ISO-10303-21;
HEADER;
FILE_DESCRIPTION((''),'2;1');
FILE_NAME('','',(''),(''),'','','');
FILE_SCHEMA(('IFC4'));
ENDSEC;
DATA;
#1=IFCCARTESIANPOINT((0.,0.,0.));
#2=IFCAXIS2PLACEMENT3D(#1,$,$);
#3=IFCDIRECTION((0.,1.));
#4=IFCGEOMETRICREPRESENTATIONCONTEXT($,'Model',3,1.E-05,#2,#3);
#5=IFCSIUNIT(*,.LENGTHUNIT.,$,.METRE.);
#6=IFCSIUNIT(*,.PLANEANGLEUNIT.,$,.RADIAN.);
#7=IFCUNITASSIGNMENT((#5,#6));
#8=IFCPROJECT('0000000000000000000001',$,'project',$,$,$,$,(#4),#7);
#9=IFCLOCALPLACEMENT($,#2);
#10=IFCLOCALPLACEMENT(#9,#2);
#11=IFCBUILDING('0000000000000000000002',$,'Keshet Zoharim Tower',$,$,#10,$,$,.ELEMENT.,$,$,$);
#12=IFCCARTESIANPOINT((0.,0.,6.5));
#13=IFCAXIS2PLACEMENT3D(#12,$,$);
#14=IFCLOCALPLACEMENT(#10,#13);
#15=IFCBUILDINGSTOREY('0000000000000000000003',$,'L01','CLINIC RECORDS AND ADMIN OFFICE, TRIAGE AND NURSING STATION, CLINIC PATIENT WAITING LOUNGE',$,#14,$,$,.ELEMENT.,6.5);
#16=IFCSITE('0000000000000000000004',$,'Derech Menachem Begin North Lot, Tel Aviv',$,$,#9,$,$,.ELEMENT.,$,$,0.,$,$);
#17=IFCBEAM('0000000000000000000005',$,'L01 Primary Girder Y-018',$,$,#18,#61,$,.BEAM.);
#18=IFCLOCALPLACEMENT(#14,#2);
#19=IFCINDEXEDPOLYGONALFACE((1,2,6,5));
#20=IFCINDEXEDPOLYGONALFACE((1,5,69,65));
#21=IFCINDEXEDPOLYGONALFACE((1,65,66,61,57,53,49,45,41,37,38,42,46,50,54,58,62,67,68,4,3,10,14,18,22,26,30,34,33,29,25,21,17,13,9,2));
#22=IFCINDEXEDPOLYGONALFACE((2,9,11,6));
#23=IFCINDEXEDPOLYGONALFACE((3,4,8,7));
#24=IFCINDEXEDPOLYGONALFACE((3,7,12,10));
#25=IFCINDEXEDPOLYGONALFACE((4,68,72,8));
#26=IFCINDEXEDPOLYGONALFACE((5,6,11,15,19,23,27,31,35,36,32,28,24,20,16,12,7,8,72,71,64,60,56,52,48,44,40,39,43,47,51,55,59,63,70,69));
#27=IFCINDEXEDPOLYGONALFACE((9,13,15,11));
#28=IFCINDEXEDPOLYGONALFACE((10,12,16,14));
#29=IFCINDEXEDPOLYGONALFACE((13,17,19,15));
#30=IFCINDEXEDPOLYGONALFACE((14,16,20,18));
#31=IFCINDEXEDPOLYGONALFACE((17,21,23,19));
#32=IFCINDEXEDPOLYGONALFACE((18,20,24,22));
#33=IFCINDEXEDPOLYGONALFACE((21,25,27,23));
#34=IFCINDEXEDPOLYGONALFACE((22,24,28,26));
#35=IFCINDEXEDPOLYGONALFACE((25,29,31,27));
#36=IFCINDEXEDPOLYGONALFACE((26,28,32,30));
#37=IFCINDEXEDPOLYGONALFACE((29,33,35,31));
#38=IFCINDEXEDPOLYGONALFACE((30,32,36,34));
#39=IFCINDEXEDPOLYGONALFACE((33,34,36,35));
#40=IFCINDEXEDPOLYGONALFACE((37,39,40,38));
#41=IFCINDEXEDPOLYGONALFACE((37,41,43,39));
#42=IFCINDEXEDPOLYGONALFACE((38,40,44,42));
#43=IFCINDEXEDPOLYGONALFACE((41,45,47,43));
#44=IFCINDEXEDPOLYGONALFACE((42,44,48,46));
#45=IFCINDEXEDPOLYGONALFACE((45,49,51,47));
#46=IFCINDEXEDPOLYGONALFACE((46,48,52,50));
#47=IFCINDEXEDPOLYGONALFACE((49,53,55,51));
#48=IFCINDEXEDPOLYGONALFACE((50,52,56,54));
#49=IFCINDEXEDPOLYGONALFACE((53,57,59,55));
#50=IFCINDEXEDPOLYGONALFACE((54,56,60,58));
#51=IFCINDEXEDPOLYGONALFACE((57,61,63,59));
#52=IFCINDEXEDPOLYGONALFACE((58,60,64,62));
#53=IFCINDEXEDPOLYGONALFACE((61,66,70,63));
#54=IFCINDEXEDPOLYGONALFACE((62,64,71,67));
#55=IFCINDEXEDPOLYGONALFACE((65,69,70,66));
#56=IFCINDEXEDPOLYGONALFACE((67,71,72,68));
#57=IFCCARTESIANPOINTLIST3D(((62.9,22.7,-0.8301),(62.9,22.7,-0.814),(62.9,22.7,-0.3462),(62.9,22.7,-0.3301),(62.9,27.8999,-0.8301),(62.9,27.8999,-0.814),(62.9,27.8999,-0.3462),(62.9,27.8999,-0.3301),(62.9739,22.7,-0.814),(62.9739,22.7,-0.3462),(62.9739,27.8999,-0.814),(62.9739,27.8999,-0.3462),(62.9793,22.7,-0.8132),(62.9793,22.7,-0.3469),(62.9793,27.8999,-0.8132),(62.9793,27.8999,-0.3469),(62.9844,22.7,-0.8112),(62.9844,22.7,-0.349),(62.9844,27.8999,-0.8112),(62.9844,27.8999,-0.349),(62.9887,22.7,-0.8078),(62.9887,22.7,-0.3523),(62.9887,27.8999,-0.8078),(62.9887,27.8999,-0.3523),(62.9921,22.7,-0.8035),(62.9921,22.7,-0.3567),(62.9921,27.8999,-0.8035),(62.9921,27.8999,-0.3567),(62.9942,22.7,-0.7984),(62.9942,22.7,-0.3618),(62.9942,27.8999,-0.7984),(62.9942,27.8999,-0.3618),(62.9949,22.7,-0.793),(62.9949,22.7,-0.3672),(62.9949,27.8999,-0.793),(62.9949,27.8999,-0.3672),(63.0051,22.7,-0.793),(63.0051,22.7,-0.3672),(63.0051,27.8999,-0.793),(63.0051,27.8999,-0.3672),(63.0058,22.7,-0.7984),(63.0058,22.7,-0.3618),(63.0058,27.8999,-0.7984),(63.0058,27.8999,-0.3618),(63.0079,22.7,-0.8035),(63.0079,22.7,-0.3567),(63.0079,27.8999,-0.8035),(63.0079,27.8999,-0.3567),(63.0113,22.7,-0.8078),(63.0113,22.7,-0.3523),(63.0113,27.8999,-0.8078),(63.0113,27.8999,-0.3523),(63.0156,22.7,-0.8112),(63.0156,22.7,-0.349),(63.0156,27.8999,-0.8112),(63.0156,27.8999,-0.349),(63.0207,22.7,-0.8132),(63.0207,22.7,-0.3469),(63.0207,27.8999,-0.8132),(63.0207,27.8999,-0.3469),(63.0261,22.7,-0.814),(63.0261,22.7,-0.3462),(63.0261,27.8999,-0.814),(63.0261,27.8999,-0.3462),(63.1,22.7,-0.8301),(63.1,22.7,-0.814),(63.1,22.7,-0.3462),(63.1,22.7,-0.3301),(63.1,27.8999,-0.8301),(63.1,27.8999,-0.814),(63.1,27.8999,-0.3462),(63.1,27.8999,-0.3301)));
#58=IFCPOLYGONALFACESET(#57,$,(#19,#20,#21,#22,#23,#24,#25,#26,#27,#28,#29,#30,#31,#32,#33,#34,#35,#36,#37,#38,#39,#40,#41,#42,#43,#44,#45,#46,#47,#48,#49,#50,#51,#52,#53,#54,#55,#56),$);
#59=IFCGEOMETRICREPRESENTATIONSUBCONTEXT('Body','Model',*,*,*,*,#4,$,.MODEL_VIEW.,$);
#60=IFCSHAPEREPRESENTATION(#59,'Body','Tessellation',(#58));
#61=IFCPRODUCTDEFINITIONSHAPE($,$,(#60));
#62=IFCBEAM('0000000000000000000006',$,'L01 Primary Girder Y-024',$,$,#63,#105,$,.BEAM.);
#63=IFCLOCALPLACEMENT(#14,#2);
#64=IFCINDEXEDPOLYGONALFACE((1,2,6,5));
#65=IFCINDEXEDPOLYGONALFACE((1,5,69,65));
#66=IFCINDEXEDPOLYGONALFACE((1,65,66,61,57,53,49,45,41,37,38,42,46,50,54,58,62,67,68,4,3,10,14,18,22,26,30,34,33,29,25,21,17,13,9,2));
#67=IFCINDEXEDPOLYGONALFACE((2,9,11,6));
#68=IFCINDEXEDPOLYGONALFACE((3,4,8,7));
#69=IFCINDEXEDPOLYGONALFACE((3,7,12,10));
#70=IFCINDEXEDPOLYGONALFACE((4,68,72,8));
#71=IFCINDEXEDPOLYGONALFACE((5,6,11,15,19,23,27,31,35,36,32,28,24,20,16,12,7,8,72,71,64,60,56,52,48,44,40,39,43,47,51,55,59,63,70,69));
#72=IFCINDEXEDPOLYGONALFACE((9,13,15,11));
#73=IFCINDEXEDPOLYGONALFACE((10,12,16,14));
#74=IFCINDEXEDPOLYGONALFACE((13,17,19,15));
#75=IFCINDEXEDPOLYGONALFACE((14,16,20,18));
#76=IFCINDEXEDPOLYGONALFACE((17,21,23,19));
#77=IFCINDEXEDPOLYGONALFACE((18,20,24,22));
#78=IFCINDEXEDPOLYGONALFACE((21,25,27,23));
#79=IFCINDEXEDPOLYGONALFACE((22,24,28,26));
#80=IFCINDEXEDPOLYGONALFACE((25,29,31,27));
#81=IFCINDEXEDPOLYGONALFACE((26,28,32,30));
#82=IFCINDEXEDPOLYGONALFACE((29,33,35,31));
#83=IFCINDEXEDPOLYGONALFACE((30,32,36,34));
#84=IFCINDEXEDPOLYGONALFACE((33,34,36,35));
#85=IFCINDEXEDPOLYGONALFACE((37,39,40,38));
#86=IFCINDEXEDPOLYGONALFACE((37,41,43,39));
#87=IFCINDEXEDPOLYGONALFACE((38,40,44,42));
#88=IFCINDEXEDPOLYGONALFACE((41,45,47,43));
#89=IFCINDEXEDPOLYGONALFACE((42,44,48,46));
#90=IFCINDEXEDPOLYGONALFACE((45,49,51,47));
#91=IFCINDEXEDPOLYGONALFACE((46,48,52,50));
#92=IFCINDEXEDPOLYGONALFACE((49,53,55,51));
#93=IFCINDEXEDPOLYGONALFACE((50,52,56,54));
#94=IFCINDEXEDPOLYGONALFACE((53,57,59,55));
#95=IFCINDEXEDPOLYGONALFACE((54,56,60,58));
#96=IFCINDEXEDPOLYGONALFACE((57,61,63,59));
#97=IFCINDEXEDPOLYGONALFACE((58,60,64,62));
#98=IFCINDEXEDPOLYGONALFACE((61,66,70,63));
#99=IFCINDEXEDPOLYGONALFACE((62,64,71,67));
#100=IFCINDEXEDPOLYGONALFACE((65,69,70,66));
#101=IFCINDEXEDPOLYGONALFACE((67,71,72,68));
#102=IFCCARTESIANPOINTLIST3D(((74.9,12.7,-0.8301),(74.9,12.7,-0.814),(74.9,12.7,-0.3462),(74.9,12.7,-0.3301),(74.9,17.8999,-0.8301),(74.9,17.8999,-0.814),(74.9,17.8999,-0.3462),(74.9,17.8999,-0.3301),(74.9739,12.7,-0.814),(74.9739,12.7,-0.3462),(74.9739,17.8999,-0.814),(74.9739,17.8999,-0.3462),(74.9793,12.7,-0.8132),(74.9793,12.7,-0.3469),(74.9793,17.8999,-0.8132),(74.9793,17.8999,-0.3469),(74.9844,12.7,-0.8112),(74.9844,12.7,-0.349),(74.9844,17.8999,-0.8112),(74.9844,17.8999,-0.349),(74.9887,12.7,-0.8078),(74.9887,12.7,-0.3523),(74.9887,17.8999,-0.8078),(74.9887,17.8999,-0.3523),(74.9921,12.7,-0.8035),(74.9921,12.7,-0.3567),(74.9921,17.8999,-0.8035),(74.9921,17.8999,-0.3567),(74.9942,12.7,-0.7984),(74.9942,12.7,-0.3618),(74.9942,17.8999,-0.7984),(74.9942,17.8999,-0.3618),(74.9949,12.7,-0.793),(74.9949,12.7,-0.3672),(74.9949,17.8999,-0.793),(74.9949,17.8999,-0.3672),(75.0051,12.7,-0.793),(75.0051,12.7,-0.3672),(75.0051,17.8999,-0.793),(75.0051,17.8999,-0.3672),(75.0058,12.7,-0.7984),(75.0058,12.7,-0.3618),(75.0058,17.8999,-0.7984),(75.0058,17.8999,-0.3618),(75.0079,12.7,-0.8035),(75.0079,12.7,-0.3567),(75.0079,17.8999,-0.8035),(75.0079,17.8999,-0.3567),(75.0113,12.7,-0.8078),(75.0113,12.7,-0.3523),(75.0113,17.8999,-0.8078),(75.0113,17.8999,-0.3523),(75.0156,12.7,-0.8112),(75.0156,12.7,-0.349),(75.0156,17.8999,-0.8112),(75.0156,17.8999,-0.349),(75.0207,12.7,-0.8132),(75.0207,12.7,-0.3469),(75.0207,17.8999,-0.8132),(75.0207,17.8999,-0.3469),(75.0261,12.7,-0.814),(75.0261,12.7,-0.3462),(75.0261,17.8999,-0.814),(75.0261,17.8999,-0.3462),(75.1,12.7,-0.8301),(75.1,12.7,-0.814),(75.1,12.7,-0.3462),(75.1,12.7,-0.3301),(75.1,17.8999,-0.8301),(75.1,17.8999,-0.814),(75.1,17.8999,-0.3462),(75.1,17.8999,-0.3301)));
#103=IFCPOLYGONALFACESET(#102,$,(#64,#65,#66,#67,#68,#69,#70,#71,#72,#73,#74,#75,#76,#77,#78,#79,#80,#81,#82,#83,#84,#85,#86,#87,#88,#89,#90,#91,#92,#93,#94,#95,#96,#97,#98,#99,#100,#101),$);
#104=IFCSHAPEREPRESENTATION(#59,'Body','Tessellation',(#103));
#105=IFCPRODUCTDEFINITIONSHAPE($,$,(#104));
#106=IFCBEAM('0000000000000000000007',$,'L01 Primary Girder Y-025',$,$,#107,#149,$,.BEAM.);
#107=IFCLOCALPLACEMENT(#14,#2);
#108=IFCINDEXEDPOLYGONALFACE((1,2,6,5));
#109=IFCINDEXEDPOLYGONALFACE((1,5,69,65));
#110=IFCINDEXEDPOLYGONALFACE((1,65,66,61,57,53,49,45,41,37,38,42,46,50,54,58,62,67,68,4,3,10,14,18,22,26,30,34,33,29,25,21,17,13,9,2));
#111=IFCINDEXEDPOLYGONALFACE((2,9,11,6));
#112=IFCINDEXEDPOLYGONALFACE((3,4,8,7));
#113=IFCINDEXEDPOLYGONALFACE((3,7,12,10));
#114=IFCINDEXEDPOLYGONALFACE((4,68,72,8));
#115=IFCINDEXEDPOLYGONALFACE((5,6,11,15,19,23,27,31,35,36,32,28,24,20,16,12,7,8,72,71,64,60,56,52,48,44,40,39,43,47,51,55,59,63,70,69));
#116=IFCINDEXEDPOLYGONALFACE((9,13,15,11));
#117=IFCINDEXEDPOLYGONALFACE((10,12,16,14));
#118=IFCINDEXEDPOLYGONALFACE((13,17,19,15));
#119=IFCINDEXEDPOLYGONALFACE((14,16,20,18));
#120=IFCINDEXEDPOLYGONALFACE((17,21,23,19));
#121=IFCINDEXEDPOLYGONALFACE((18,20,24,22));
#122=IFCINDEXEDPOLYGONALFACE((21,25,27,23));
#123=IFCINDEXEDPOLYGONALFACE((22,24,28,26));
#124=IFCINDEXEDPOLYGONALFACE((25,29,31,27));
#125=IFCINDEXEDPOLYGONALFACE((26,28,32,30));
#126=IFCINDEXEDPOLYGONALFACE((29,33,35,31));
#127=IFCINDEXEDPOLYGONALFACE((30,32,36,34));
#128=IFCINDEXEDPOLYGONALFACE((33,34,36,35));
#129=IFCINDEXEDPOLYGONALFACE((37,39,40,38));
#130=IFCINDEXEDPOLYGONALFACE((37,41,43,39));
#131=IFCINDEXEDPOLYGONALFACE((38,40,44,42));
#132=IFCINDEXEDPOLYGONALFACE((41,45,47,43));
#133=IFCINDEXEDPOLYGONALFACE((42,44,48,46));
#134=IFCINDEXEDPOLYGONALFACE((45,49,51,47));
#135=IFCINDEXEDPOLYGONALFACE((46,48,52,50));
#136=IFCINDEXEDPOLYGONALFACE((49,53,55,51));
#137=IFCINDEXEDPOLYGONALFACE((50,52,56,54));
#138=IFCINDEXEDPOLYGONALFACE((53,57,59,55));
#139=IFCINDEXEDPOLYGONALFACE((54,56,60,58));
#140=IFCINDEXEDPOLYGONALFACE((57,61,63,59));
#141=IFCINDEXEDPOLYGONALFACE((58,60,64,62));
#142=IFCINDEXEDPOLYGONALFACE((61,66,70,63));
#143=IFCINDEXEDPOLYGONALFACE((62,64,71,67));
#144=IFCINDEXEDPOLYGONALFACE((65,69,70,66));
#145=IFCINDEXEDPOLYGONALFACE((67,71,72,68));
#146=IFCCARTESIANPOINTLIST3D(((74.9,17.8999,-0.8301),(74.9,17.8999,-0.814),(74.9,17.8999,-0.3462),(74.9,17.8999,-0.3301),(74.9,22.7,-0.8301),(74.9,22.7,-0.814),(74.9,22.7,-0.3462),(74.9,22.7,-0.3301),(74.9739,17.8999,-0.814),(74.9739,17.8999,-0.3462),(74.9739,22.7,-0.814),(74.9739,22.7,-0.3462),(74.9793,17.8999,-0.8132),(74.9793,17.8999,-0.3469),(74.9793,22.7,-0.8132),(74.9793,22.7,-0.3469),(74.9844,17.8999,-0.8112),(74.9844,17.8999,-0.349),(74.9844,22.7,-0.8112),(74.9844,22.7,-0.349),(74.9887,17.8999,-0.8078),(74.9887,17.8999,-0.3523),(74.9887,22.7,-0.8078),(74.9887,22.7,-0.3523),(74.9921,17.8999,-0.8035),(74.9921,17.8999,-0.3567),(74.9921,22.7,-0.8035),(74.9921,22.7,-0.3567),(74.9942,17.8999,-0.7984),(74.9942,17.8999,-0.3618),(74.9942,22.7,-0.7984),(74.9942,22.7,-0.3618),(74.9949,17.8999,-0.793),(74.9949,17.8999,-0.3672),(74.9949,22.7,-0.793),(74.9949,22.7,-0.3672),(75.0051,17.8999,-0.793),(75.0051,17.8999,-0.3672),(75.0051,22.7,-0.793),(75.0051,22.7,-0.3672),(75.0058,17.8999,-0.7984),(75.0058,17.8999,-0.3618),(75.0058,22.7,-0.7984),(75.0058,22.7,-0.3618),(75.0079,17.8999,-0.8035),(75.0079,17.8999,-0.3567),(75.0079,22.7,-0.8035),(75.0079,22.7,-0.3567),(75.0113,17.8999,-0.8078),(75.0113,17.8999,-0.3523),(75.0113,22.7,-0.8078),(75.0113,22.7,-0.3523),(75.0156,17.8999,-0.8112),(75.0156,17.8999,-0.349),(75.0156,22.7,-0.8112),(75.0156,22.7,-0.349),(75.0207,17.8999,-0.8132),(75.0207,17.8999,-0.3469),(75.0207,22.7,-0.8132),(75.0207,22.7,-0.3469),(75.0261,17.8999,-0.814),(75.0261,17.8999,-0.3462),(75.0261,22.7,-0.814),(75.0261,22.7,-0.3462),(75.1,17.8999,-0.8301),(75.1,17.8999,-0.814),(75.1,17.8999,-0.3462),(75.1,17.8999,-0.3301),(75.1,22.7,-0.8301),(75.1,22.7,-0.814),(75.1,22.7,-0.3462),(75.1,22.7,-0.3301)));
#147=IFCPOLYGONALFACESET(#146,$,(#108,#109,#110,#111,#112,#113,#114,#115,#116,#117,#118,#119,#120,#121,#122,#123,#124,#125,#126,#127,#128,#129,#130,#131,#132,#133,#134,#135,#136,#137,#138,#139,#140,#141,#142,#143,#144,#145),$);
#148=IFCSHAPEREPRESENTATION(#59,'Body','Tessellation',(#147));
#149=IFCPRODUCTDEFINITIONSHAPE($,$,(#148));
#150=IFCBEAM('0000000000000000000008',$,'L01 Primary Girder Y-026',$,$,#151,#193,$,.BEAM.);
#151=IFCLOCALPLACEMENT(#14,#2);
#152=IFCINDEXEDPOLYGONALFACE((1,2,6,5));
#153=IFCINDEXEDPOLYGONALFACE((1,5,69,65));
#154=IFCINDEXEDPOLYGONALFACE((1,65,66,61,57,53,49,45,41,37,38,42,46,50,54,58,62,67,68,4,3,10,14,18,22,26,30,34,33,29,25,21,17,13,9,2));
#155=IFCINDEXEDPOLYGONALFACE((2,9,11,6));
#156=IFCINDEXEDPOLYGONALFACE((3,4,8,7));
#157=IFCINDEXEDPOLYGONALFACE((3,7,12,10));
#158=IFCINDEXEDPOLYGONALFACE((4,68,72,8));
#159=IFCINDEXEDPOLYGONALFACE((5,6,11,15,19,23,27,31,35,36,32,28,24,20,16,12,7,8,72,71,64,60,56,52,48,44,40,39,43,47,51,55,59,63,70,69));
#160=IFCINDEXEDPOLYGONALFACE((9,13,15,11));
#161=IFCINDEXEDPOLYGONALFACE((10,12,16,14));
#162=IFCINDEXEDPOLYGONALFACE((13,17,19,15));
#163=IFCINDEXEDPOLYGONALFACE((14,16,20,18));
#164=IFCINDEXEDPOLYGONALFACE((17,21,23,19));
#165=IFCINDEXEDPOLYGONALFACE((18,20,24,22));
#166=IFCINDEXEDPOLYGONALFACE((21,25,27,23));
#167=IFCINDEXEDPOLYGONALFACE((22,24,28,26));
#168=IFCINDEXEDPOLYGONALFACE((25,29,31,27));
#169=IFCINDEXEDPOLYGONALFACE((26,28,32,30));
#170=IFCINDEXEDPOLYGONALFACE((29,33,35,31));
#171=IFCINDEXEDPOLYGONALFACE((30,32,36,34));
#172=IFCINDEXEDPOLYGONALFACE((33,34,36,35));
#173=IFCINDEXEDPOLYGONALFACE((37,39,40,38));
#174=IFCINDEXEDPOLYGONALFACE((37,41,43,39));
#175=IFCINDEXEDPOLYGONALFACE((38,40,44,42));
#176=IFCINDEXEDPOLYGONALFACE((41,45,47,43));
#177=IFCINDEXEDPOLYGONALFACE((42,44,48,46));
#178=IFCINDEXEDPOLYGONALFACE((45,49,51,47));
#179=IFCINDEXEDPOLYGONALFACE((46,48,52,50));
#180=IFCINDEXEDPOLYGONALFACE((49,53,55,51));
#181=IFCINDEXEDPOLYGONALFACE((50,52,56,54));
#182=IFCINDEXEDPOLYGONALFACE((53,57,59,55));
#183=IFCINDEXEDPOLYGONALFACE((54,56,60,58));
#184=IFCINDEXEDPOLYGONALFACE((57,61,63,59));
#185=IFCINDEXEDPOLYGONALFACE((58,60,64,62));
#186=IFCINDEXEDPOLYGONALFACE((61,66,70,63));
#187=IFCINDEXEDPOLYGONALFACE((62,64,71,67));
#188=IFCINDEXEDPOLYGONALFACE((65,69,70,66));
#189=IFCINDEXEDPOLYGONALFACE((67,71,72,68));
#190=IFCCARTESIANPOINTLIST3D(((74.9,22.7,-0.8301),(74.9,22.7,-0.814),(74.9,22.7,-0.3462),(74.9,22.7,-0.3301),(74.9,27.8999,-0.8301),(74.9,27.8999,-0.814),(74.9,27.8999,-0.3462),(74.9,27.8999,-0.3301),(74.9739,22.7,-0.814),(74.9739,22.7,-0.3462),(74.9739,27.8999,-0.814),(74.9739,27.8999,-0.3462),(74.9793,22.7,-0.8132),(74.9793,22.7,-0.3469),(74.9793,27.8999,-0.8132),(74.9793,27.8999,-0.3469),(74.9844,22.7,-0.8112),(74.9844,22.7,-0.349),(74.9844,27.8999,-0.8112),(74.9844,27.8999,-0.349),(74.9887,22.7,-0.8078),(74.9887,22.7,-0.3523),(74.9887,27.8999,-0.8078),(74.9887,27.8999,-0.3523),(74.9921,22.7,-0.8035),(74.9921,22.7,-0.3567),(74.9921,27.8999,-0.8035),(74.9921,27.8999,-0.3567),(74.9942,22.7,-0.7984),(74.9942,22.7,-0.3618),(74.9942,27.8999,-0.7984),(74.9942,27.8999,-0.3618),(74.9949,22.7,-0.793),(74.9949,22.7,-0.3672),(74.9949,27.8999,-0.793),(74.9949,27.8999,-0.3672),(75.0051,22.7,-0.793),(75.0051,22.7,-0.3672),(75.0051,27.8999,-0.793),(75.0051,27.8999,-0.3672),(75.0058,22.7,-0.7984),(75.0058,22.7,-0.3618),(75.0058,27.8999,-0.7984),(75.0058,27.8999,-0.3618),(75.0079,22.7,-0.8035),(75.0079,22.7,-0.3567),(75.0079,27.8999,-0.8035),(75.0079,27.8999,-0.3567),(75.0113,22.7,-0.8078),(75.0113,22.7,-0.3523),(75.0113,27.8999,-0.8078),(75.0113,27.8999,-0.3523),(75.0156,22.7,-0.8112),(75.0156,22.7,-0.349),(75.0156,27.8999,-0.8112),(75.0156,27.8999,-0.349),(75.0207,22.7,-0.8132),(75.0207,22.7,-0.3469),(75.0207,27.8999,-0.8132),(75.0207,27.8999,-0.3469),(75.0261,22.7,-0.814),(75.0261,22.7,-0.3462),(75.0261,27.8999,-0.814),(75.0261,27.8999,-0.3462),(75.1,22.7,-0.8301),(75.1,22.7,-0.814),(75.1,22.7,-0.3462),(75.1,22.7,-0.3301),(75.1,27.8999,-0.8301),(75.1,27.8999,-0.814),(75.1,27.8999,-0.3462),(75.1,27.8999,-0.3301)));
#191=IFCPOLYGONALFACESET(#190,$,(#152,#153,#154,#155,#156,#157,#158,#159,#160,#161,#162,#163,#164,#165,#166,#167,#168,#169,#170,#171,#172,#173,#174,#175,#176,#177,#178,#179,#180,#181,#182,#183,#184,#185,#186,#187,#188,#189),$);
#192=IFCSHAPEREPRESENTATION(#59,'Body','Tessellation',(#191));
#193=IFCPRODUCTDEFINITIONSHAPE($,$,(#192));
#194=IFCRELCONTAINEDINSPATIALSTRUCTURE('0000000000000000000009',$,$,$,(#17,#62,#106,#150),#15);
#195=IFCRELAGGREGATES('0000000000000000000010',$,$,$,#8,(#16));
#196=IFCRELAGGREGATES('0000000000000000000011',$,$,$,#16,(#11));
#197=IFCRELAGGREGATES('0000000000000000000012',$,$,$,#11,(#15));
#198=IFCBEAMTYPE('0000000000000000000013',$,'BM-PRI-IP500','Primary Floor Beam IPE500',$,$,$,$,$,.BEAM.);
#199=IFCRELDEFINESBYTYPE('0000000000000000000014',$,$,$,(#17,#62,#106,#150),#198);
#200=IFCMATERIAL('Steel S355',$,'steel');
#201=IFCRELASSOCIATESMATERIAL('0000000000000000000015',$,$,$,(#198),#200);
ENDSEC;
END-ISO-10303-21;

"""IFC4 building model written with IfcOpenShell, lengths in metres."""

from ifc_helpers import new_model, si_unit, direction, frame, origin, origin_2d, place, context, subcontext, project, spatial, i_section, extrude, material, material_profile, profile_set, type_object, element, save


model = new_model("IFC4")

# Units and contexts
model_context = context("Model", 3, precision=1e-05, world=origin(), true_north=direction((0.0, 1.0)))
body_context = subcontext(model_context, "Body", "Model", "MODEL_VIEW")
ifc_project = project(units=[si_unit("LENGTHUNIT", "METRE"), si_unit("PLANEANGLEUNIT", "RADIAN")], contexts=[model_context])

# Site, building, storey
site_placement = place(None, origin())
site = spatial("IfcSite", under=ifc_project, at=site_placement, Name="Derech Menachem Begin North Lot, Tel Aviv", CompositionType="ELEMENT", RefElevation=0.0)
building_placement = place(site_placement, origin())
building = spatial("IfcBuilding", under=site, at=building_placement, Name="Keshet Zoharim Tower", CompositionType="ELEMENT")
storey_placement = place(building_placement, frame((0.0, 0.0, 6.5)))
storey = spatial("IfcBuildingStorey", under=building, at=storey_placement, Name="L01", Description="CLINIC RECORDS AND ADMIN OFFICE, TRIAGE AND NURSING STATION, CLINIC PATIENT WAITING LOUNGE", CompositionType="ELEMENT", Elevation=6.5)

# Beams
ifc_material_1 = material(Name="Steel S355", Category="steel")
ifc_material_profile_1 = material_profile(ifc_material_1, i_section(OverallWidth=0.2, OverallDepth=0.5, WebThickness=0.0103, FlangeThickness=0.0161, FilletRadius=0.021, at=origin_2d()), Name="IPE500")
ifc_profile_set_1 = profile_set([ifc_material_profile_1], Name="Steel S355")
beam_type_1 = type_object("IfcBeamType", Name="BM-PRI-IP500", Description="Primary Floor Beam IPE500", PredefinedType="BEAM", material=ifc_profile_set_1)
for number, where, z_axis, x_axis, name in (
    (1, (63.0, 22.7, -0.5801), (0.0, 1.0, 0.0), (-1.0, 0.0, 0.0), "L01 Primary Girder Y-018"),
    (2, (75.0, 12.7, -0.5801), (0.0, 1.0, 0.0), (-1.0, 0.0, 0.0), "L01 Primary Girder Y-024"),
):
    element("IfcBeam", number, at=place(storey_placement, frame(where, z_axis=z_axis, x_axis=x_axis)), inside=storey, type_object=beam_type_1, Name=name, PredefinedType="BEAM", context=body_context, shape_type="SweptSolid", body=[
        extrude(i_section(OverallWidth=0.2, OverallDepth=0.5, WebThickness=0.0103, FlangeThickness=0.0161, FilletRadius=0.021, at=origin_2d()), origin(), (0.0, 0.0, 1.0), 5.2),
    ])
beam_1_placement = place(storey_placement, frame((75.0, 17.8999, -0.5801), z_axis=(0.0, 1.0, 0.0), x_axis=(-1.0, 0.0, 0.0)))
element("IfcBeam", 3, at=beam_1_placement, inside=storey, type_object=beam_type_1, Name="L01 Primary Girder Y-025", PredefinedType="BEAM", context=body_context, shape_type="SweptSolid", body=[
    extrude(i_section(OverallWidth=0.2, OverallDepth=0.5, WebThickness=0.0103, FlangeThickness=0.0161, FilletRadius=0.021, at=origin_2d()), origin(), (0.0, 0.0, 1.0), 4.8),
])
beam_2_placement = place(storey_placement, frame((75.0, 22.7, -0.5801), z_axis=(0.0, 1.0, 0.0), x_axis=(-1.0, 0.0, 0.0)))
element("IfcBeam", 4, at=beam_2_placement, inside=storey, type_object=beam_type_1, Name="L01 Primary Girder Y-026", PredefinedType="BEAM", context=body_context, shape_type="SweptSolid", body=[
    extrude(i_section(OverallWidth=0.2, OverallDepth=0.5, WebThickness=0.0103, FlangeThickness=0.0161, FilletRadius=0.021, at=origin_2d()), origin(), (0.0, 0.0, 1.0), 5.2),
])

save(model, "model.ifc")
